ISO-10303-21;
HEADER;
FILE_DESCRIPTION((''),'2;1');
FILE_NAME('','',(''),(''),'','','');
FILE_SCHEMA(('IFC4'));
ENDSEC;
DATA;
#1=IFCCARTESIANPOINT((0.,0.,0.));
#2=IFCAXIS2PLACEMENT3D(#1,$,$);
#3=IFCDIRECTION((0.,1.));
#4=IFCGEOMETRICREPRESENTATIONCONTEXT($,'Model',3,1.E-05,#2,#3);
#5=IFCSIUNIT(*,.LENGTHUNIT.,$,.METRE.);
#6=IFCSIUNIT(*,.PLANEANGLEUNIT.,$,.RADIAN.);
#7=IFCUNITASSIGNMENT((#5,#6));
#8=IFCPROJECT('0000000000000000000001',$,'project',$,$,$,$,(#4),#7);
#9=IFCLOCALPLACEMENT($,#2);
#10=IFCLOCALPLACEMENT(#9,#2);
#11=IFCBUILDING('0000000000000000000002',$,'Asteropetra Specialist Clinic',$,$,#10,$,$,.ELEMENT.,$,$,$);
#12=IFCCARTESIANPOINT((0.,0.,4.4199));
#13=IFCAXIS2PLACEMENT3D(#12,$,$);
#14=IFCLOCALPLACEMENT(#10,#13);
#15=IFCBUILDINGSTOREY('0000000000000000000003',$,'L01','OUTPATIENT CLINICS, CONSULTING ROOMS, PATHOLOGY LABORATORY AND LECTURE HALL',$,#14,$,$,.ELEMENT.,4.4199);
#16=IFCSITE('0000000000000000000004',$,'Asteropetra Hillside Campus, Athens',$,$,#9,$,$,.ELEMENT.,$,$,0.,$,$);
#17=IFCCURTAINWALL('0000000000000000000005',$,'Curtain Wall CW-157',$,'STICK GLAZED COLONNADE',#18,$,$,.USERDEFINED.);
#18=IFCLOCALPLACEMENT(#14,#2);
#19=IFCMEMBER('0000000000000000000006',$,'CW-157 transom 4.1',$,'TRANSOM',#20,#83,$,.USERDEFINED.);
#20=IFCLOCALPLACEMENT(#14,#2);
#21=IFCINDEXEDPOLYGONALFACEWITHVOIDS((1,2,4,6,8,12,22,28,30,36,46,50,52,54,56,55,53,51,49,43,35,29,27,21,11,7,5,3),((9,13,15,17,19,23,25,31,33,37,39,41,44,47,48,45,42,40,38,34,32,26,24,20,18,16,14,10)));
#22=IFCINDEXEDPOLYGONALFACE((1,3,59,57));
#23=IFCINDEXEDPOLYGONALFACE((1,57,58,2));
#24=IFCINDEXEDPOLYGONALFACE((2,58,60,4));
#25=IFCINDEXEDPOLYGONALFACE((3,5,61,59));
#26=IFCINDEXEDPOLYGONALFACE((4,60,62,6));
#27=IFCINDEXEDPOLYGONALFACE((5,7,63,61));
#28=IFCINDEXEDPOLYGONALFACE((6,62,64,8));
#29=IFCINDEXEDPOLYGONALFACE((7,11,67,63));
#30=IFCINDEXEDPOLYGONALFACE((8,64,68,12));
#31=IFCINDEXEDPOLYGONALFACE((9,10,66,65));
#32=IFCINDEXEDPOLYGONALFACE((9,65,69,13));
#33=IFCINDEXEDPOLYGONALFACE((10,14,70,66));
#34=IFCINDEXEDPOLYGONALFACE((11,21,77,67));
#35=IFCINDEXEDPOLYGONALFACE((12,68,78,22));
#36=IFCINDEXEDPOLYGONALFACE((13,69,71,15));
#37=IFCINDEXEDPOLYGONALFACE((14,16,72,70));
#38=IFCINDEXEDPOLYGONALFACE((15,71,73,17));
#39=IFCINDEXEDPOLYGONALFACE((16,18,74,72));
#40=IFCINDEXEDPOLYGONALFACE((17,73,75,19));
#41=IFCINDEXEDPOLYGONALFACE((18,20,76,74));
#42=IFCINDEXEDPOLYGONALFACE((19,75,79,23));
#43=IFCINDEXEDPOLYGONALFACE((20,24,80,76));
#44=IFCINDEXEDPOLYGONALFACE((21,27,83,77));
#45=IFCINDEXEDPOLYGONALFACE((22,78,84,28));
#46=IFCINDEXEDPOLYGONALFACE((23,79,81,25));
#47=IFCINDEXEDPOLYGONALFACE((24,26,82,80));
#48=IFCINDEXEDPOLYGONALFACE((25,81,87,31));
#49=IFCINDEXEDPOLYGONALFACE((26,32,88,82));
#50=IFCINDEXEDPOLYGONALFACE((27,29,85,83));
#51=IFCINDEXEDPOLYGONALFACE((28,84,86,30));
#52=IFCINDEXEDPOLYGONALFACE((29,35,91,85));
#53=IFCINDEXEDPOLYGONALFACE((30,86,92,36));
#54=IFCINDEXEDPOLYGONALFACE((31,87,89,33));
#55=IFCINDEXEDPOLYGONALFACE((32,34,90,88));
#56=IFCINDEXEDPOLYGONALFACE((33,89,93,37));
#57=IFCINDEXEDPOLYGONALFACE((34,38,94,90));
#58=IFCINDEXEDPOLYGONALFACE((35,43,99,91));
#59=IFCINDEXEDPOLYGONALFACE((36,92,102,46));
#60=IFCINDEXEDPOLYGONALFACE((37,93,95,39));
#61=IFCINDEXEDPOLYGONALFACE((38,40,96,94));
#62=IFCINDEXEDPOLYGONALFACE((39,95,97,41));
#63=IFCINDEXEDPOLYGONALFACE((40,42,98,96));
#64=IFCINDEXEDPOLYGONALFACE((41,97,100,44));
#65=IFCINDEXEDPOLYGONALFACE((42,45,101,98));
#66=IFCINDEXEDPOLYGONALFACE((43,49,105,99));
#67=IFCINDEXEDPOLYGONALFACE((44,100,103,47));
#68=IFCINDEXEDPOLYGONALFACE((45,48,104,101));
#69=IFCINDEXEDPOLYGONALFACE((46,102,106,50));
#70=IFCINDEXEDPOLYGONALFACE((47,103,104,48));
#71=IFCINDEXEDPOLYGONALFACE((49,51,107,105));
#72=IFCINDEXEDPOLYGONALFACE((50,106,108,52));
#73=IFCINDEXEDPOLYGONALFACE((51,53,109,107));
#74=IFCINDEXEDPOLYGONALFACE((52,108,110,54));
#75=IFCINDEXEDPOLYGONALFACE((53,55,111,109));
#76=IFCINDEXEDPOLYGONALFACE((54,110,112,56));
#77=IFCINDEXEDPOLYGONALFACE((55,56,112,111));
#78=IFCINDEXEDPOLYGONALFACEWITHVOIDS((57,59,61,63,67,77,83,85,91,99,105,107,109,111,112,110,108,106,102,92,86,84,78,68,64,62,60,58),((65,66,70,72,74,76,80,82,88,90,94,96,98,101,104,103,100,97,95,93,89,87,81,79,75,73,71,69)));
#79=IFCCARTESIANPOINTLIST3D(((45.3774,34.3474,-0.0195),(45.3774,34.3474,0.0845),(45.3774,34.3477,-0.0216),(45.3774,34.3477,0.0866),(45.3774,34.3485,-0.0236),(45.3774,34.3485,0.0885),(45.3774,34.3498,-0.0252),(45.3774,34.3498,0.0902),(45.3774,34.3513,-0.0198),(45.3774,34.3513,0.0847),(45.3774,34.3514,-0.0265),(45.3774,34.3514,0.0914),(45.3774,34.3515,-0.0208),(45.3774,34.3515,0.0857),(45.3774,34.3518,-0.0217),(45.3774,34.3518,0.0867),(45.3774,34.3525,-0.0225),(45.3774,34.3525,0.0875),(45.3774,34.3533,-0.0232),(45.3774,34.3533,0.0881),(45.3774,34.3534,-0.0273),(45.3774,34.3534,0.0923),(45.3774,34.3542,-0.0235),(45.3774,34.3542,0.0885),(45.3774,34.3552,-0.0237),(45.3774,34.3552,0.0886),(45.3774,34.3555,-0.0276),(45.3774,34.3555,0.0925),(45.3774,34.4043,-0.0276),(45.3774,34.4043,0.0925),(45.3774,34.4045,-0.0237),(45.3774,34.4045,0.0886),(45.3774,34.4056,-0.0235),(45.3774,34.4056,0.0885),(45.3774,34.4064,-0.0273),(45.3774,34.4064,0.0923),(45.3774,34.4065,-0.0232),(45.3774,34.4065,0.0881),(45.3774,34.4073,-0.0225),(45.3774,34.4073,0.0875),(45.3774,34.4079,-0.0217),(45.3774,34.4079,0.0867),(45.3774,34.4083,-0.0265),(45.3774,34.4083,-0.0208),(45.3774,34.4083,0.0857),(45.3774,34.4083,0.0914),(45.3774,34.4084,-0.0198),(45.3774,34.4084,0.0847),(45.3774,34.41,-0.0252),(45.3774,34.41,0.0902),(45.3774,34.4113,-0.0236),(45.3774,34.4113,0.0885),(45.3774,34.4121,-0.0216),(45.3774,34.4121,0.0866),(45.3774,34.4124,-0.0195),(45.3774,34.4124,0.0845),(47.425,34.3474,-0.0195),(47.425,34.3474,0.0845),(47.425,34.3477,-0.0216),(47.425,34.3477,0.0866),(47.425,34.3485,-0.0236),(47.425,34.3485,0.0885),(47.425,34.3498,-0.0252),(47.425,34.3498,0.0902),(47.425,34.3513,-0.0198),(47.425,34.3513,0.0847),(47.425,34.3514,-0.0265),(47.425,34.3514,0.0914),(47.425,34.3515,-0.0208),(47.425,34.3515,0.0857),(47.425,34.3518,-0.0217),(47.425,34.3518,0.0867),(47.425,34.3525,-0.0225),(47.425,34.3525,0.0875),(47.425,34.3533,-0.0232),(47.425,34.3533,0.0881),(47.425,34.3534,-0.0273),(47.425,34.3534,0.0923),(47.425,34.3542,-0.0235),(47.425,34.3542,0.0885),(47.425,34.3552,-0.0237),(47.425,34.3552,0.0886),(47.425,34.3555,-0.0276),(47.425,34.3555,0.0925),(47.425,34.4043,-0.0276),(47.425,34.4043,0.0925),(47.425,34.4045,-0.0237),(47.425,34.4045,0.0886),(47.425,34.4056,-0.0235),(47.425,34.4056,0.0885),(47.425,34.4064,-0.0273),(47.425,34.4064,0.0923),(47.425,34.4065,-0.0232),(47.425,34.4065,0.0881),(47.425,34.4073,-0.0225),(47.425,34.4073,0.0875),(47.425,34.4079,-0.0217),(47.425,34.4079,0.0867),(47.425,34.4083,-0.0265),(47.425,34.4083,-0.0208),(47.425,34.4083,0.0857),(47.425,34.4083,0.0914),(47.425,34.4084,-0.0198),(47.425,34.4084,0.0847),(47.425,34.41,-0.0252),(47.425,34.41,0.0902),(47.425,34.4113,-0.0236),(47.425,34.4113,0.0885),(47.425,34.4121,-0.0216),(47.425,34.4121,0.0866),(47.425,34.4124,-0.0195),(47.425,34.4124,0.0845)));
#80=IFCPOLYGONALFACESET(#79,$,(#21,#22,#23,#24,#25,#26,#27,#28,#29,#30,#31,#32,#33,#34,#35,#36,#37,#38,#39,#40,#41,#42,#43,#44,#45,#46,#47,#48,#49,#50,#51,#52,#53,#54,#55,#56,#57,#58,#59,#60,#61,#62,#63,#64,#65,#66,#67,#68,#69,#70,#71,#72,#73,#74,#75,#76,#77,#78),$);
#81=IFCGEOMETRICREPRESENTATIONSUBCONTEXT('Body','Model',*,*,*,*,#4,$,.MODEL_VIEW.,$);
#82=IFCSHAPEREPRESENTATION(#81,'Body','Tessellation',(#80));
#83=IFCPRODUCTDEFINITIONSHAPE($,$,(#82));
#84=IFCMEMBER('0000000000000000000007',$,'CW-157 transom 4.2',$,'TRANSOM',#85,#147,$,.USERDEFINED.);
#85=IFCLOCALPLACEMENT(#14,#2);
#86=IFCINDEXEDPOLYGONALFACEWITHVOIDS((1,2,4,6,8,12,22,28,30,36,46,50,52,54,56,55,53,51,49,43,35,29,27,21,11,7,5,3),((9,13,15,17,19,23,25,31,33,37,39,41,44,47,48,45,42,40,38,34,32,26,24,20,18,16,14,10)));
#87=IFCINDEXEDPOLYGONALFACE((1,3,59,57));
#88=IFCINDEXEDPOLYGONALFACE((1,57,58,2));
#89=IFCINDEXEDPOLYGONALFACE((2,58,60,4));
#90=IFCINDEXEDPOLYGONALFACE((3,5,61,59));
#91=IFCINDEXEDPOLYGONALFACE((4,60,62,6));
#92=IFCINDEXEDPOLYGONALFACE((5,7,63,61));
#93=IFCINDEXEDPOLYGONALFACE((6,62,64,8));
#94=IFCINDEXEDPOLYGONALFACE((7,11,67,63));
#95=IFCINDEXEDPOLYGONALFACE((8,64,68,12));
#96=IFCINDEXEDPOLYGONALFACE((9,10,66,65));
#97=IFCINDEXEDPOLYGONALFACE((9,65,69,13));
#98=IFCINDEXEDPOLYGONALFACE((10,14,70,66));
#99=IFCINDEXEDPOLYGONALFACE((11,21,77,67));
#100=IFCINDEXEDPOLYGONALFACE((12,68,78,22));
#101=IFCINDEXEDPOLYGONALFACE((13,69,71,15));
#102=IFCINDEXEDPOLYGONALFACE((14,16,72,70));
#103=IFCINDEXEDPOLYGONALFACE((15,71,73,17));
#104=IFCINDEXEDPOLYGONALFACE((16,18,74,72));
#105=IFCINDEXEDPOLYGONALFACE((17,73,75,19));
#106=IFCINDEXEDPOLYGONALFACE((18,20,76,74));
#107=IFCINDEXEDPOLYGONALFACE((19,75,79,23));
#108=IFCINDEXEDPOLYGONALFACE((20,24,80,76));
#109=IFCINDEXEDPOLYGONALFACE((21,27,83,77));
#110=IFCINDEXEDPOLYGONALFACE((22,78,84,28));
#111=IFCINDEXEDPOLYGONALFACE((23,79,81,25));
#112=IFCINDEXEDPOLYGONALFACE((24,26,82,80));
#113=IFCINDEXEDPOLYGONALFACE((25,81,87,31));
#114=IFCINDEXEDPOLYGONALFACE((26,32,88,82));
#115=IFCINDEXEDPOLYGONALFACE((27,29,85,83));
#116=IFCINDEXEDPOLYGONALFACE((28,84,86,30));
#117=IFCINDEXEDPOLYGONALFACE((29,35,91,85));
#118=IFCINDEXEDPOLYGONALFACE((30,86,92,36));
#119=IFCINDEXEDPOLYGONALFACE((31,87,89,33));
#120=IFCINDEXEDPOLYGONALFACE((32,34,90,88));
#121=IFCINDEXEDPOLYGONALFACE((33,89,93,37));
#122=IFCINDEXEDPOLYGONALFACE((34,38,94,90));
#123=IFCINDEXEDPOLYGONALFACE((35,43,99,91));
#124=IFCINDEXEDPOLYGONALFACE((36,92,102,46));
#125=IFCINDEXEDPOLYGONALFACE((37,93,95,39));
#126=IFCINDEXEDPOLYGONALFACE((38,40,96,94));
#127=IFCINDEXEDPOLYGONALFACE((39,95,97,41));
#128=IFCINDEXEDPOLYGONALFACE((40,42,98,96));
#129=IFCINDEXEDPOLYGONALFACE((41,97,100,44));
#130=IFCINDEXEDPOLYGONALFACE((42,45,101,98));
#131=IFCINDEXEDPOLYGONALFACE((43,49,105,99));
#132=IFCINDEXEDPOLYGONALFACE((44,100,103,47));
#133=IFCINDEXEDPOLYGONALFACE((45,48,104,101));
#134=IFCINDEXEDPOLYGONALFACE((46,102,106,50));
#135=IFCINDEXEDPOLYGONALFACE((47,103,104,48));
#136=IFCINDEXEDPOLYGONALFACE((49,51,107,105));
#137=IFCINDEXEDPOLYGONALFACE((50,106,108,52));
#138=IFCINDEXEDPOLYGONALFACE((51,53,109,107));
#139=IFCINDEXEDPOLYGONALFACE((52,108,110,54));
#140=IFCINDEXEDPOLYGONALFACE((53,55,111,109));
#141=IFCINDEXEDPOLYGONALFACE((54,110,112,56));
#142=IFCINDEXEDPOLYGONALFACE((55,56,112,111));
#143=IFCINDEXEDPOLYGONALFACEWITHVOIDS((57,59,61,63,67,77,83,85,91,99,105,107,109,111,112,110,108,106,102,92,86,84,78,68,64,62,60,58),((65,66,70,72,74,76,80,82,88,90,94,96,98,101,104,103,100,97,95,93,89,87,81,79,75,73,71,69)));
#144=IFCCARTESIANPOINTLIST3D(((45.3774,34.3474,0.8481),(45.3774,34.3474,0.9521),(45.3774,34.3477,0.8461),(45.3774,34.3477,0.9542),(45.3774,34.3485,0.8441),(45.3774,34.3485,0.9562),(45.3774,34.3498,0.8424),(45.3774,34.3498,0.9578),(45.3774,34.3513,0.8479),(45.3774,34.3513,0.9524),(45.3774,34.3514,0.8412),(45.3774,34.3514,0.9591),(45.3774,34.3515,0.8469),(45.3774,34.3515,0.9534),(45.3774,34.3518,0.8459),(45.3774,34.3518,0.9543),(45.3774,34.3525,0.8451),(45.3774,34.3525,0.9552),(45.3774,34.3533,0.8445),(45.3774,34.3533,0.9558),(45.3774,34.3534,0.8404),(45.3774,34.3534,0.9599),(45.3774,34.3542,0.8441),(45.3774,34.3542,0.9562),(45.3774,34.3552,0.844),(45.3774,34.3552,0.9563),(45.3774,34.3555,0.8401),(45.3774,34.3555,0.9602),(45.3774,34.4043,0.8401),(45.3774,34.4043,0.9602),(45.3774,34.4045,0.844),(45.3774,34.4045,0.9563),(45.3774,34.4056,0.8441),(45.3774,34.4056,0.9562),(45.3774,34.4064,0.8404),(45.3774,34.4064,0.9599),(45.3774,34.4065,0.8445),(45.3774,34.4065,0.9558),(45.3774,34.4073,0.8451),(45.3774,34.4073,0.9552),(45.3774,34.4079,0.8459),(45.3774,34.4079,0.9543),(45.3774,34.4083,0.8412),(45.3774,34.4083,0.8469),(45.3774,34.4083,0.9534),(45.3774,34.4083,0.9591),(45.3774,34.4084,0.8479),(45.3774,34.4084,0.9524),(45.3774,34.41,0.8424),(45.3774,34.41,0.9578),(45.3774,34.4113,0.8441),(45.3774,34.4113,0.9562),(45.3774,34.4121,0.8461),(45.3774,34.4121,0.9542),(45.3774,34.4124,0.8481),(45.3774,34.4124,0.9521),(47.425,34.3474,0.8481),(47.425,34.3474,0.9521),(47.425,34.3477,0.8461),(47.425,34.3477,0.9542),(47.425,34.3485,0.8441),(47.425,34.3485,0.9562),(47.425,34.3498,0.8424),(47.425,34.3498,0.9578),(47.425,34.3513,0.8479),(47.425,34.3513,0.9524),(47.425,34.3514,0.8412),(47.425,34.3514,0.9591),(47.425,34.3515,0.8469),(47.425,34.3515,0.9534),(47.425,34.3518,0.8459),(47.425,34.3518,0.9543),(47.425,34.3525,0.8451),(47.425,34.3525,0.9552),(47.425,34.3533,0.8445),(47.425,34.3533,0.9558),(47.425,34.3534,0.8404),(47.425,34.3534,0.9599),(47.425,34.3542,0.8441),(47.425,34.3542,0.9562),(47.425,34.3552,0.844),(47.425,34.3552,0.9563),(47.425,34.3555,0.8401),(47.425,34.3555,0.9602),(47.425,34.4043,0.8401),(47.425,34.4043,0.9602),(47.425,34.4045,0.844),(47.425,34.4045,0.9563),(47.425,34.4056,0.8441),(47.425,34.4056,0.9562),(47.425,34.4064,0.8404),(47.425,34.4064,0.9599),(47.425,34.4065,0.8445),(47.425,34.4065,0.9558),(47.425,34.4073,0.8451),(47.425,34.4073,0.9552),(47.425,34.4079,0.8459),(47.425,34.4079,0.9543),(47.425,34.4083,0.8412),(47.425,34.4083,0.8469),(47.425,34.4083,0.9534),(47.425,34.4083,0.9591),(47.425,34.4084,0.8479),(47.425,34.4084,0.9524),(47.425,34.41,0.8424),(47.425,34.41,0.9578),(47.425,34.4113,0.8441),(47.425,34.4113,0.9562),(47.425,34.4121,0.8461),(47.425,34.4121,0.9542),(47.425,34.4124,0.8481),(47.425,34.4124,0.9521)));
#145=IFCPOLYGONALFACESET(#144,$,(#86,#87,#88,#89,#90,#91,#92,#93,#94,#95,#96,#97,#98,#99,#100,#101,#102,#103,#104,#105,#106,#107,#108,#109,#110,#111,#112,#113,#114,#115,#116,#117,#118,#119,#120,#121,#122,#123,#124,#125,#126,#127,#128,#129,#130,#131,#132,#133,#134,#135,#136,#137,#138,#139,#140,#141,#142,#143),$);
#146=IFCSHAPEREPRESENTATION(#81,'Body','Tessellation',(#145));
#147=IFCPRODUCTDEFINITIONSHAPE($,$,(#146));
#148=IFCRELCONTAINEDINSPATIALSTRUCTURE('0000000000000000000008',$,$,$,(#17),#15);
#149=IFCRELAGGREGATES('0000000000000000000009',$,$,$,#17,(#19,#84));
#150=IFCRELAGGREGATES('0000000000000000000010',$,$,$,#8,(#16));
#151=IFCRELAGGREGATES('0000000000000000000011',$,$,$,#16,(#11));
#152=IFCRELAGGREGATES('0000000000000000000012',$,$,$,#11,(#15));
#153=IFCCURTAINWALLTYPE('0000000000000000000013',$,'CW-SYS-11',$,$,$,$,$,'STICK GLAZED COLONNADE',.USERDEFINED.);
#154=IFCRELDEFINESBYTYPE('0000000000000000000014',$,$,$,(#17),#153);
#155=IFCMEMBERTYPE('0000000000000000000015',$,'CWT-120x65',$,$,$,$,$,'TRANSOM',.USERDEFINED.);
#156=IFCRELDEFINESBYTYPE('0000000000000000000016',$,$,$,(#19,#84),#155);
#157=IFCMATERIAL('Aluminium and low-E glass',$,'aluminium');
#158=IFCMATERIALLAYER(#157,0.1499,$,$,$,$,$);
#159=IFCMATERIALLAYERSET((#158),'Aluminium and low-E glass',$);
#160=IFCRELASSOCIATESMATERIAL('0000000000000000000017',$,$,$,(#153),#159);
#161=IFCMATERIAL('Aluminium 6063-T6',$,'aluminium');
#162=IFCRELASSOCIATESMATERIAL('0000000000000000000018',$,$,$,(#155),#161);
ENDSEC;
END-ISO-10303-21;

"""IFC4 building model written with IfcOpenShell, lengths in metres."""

from ifc_helpers import new_model, si_unit, direction, frame, origin, origin_2d, place, context, subcontext, project, spatial, hollow_rectangle, extrude, material, layer, layer_set, material_profile, profile_set, type_object, element, aggregate, save


model = new_model("IFC4")

# Units and contexts
model_context = context("Model", 3, precision=1e-05, world=origin(), true_north=direction((0.0, 1.0)))
body_context = subcontext(model_context, "Body", "Model", "MODEL_VIEW")
ifc_project = project(units=[si_unit("LENGTHUNIT", "METRE"), si_unit("PLANEANGLEUNIT", "RADIAN")], contexts=[model_context])

# Site, building, storey
site_placement = place(None, origin())
site = spatial("IfcSite", under=ifc_project, at=site_placement, Name="Asteropetra Hillside Campus, Athens", CompositionType="ELEMENT", RefElevation=0.0)
building_placement = place(site_placement, origin())
building = spatial("IfcBuilding", under=site, at=building_placement, Name="Asteropetra Specialist Clinic", CompositionType="ELEMENT")
storey_placement = place(building_placement, frame((0.0, 0.0, 4.4199)))
storey = spatial("IfcBuildingStorey", under=building, at=storey_placement, Name="L01", Description="OUTPATIENT CLINICS, CONSULTING ROOMS, PATHOLOGY LABORATORY AND LECTURE HALL", CompositionType="ELEMENT", Elevation=4.4199)

# Curtain wall
ifc_material_1 = material(Name="Aluminium and low-E glass", Category="aluminium")
ifc_layer_1 = layer(ifc_material_1, 0.1499)
ifc_layer_set_1 = layer_set([ifc_layer_1], Name="Aluminium and low-E glass")
curtain_wall_type = type_object("IfcCurtainWallType", Name="CW-SYS-11", ElementType="STICK GLAZED COLONNADE", PredefinedType="USERDEFINED", material=ifc_layer_set_1)
curtain_wall_1_placement = place(storey_placement, origin())
curtain_wall_1 = element("IfcCurtainWall", 1, at=curtain_wall_1_placement, inside=storey, type_object=curtain_wall_type, Name="Curtain Wall CW-157", ObjectType="STICK GLAZED COLONNADE", PredefinedType="USERDEFINED")

# Members
ifc_material_2 = material(Name="Aluminium 6063-T6", Category="aluminium")
ifc_material_profile_1 = material_profile(ifc_material_2, hollow_rectangle(XDim=0.0649, YDim=0.1201, WallThickness=0.0039, InnerFilletRadius=0.0039, OuterFilletRadius=0.0081, at=origin_2d()), Name="TRN 120x65x4.0")
ifc_profile_set_1 = profile_set([ifc_material_profile_1], Name="Aluminium 6063-T6")
member_type_1 = type_object("IfcMemberType", Name="CWT-120x65", ElementType="TRANSOM", PredefinedType="USERDEFINED", material=ifc_profile_set_1)
member_1_placement = place(storey_placement, frame((45.3774, 34.3799, 0.0325), z_axis=(1.0, 0.0, 0.0), x_axis=(0.0, 1.0, 0.0)))
member_1 = element("IfcMember", 2, at=member_1_placement, type_object=member_type_1, Name="CW-157 transom 4.1", ObjectType="TRANSOM", PredefinedType="USERDEFINED", context=body_context, shape_type="SweptSolid", body=[
    extrude(hollow_rectangle(XDim=0.0649, YDim=0.1201, WallThickness=0.0039, InnerFilletRadius=0.0039, OuterFilletRadius=0.0081, at=origin_2d()), origin(), (0.0, 0.0, 1.0), 2.0476),
])
member_2_placement = place(storey_placement, frame((45.3774, 34.3799, 0.9001), z_axis=(1.0, 0.0, 0.0), x_axis=(0.0, 1.0, 0.0)))
member_2 = element("IfcMember", 3, at=member_2_placement, type_object=member_type_1, Name="CW-157 transom 4.2", ObjectType="TRANSOM", PredefinedType="USERDEFINED", context=body_context, shape_type="SweptSolid", body=[
    extrude(hollow_rectangle(XDim=0.0649, YDim=0.1201, WallThickness=0.0039, InnerFilletRadius=0.0039, OuterFilletRadius=0.0081, at=origin_2d()), origin(), (0.0, 0.0, 1.0), 2.0476),
])

aggregate(curtain_wall_1, [member_1, member_2])

save(model, "model.ifc")
